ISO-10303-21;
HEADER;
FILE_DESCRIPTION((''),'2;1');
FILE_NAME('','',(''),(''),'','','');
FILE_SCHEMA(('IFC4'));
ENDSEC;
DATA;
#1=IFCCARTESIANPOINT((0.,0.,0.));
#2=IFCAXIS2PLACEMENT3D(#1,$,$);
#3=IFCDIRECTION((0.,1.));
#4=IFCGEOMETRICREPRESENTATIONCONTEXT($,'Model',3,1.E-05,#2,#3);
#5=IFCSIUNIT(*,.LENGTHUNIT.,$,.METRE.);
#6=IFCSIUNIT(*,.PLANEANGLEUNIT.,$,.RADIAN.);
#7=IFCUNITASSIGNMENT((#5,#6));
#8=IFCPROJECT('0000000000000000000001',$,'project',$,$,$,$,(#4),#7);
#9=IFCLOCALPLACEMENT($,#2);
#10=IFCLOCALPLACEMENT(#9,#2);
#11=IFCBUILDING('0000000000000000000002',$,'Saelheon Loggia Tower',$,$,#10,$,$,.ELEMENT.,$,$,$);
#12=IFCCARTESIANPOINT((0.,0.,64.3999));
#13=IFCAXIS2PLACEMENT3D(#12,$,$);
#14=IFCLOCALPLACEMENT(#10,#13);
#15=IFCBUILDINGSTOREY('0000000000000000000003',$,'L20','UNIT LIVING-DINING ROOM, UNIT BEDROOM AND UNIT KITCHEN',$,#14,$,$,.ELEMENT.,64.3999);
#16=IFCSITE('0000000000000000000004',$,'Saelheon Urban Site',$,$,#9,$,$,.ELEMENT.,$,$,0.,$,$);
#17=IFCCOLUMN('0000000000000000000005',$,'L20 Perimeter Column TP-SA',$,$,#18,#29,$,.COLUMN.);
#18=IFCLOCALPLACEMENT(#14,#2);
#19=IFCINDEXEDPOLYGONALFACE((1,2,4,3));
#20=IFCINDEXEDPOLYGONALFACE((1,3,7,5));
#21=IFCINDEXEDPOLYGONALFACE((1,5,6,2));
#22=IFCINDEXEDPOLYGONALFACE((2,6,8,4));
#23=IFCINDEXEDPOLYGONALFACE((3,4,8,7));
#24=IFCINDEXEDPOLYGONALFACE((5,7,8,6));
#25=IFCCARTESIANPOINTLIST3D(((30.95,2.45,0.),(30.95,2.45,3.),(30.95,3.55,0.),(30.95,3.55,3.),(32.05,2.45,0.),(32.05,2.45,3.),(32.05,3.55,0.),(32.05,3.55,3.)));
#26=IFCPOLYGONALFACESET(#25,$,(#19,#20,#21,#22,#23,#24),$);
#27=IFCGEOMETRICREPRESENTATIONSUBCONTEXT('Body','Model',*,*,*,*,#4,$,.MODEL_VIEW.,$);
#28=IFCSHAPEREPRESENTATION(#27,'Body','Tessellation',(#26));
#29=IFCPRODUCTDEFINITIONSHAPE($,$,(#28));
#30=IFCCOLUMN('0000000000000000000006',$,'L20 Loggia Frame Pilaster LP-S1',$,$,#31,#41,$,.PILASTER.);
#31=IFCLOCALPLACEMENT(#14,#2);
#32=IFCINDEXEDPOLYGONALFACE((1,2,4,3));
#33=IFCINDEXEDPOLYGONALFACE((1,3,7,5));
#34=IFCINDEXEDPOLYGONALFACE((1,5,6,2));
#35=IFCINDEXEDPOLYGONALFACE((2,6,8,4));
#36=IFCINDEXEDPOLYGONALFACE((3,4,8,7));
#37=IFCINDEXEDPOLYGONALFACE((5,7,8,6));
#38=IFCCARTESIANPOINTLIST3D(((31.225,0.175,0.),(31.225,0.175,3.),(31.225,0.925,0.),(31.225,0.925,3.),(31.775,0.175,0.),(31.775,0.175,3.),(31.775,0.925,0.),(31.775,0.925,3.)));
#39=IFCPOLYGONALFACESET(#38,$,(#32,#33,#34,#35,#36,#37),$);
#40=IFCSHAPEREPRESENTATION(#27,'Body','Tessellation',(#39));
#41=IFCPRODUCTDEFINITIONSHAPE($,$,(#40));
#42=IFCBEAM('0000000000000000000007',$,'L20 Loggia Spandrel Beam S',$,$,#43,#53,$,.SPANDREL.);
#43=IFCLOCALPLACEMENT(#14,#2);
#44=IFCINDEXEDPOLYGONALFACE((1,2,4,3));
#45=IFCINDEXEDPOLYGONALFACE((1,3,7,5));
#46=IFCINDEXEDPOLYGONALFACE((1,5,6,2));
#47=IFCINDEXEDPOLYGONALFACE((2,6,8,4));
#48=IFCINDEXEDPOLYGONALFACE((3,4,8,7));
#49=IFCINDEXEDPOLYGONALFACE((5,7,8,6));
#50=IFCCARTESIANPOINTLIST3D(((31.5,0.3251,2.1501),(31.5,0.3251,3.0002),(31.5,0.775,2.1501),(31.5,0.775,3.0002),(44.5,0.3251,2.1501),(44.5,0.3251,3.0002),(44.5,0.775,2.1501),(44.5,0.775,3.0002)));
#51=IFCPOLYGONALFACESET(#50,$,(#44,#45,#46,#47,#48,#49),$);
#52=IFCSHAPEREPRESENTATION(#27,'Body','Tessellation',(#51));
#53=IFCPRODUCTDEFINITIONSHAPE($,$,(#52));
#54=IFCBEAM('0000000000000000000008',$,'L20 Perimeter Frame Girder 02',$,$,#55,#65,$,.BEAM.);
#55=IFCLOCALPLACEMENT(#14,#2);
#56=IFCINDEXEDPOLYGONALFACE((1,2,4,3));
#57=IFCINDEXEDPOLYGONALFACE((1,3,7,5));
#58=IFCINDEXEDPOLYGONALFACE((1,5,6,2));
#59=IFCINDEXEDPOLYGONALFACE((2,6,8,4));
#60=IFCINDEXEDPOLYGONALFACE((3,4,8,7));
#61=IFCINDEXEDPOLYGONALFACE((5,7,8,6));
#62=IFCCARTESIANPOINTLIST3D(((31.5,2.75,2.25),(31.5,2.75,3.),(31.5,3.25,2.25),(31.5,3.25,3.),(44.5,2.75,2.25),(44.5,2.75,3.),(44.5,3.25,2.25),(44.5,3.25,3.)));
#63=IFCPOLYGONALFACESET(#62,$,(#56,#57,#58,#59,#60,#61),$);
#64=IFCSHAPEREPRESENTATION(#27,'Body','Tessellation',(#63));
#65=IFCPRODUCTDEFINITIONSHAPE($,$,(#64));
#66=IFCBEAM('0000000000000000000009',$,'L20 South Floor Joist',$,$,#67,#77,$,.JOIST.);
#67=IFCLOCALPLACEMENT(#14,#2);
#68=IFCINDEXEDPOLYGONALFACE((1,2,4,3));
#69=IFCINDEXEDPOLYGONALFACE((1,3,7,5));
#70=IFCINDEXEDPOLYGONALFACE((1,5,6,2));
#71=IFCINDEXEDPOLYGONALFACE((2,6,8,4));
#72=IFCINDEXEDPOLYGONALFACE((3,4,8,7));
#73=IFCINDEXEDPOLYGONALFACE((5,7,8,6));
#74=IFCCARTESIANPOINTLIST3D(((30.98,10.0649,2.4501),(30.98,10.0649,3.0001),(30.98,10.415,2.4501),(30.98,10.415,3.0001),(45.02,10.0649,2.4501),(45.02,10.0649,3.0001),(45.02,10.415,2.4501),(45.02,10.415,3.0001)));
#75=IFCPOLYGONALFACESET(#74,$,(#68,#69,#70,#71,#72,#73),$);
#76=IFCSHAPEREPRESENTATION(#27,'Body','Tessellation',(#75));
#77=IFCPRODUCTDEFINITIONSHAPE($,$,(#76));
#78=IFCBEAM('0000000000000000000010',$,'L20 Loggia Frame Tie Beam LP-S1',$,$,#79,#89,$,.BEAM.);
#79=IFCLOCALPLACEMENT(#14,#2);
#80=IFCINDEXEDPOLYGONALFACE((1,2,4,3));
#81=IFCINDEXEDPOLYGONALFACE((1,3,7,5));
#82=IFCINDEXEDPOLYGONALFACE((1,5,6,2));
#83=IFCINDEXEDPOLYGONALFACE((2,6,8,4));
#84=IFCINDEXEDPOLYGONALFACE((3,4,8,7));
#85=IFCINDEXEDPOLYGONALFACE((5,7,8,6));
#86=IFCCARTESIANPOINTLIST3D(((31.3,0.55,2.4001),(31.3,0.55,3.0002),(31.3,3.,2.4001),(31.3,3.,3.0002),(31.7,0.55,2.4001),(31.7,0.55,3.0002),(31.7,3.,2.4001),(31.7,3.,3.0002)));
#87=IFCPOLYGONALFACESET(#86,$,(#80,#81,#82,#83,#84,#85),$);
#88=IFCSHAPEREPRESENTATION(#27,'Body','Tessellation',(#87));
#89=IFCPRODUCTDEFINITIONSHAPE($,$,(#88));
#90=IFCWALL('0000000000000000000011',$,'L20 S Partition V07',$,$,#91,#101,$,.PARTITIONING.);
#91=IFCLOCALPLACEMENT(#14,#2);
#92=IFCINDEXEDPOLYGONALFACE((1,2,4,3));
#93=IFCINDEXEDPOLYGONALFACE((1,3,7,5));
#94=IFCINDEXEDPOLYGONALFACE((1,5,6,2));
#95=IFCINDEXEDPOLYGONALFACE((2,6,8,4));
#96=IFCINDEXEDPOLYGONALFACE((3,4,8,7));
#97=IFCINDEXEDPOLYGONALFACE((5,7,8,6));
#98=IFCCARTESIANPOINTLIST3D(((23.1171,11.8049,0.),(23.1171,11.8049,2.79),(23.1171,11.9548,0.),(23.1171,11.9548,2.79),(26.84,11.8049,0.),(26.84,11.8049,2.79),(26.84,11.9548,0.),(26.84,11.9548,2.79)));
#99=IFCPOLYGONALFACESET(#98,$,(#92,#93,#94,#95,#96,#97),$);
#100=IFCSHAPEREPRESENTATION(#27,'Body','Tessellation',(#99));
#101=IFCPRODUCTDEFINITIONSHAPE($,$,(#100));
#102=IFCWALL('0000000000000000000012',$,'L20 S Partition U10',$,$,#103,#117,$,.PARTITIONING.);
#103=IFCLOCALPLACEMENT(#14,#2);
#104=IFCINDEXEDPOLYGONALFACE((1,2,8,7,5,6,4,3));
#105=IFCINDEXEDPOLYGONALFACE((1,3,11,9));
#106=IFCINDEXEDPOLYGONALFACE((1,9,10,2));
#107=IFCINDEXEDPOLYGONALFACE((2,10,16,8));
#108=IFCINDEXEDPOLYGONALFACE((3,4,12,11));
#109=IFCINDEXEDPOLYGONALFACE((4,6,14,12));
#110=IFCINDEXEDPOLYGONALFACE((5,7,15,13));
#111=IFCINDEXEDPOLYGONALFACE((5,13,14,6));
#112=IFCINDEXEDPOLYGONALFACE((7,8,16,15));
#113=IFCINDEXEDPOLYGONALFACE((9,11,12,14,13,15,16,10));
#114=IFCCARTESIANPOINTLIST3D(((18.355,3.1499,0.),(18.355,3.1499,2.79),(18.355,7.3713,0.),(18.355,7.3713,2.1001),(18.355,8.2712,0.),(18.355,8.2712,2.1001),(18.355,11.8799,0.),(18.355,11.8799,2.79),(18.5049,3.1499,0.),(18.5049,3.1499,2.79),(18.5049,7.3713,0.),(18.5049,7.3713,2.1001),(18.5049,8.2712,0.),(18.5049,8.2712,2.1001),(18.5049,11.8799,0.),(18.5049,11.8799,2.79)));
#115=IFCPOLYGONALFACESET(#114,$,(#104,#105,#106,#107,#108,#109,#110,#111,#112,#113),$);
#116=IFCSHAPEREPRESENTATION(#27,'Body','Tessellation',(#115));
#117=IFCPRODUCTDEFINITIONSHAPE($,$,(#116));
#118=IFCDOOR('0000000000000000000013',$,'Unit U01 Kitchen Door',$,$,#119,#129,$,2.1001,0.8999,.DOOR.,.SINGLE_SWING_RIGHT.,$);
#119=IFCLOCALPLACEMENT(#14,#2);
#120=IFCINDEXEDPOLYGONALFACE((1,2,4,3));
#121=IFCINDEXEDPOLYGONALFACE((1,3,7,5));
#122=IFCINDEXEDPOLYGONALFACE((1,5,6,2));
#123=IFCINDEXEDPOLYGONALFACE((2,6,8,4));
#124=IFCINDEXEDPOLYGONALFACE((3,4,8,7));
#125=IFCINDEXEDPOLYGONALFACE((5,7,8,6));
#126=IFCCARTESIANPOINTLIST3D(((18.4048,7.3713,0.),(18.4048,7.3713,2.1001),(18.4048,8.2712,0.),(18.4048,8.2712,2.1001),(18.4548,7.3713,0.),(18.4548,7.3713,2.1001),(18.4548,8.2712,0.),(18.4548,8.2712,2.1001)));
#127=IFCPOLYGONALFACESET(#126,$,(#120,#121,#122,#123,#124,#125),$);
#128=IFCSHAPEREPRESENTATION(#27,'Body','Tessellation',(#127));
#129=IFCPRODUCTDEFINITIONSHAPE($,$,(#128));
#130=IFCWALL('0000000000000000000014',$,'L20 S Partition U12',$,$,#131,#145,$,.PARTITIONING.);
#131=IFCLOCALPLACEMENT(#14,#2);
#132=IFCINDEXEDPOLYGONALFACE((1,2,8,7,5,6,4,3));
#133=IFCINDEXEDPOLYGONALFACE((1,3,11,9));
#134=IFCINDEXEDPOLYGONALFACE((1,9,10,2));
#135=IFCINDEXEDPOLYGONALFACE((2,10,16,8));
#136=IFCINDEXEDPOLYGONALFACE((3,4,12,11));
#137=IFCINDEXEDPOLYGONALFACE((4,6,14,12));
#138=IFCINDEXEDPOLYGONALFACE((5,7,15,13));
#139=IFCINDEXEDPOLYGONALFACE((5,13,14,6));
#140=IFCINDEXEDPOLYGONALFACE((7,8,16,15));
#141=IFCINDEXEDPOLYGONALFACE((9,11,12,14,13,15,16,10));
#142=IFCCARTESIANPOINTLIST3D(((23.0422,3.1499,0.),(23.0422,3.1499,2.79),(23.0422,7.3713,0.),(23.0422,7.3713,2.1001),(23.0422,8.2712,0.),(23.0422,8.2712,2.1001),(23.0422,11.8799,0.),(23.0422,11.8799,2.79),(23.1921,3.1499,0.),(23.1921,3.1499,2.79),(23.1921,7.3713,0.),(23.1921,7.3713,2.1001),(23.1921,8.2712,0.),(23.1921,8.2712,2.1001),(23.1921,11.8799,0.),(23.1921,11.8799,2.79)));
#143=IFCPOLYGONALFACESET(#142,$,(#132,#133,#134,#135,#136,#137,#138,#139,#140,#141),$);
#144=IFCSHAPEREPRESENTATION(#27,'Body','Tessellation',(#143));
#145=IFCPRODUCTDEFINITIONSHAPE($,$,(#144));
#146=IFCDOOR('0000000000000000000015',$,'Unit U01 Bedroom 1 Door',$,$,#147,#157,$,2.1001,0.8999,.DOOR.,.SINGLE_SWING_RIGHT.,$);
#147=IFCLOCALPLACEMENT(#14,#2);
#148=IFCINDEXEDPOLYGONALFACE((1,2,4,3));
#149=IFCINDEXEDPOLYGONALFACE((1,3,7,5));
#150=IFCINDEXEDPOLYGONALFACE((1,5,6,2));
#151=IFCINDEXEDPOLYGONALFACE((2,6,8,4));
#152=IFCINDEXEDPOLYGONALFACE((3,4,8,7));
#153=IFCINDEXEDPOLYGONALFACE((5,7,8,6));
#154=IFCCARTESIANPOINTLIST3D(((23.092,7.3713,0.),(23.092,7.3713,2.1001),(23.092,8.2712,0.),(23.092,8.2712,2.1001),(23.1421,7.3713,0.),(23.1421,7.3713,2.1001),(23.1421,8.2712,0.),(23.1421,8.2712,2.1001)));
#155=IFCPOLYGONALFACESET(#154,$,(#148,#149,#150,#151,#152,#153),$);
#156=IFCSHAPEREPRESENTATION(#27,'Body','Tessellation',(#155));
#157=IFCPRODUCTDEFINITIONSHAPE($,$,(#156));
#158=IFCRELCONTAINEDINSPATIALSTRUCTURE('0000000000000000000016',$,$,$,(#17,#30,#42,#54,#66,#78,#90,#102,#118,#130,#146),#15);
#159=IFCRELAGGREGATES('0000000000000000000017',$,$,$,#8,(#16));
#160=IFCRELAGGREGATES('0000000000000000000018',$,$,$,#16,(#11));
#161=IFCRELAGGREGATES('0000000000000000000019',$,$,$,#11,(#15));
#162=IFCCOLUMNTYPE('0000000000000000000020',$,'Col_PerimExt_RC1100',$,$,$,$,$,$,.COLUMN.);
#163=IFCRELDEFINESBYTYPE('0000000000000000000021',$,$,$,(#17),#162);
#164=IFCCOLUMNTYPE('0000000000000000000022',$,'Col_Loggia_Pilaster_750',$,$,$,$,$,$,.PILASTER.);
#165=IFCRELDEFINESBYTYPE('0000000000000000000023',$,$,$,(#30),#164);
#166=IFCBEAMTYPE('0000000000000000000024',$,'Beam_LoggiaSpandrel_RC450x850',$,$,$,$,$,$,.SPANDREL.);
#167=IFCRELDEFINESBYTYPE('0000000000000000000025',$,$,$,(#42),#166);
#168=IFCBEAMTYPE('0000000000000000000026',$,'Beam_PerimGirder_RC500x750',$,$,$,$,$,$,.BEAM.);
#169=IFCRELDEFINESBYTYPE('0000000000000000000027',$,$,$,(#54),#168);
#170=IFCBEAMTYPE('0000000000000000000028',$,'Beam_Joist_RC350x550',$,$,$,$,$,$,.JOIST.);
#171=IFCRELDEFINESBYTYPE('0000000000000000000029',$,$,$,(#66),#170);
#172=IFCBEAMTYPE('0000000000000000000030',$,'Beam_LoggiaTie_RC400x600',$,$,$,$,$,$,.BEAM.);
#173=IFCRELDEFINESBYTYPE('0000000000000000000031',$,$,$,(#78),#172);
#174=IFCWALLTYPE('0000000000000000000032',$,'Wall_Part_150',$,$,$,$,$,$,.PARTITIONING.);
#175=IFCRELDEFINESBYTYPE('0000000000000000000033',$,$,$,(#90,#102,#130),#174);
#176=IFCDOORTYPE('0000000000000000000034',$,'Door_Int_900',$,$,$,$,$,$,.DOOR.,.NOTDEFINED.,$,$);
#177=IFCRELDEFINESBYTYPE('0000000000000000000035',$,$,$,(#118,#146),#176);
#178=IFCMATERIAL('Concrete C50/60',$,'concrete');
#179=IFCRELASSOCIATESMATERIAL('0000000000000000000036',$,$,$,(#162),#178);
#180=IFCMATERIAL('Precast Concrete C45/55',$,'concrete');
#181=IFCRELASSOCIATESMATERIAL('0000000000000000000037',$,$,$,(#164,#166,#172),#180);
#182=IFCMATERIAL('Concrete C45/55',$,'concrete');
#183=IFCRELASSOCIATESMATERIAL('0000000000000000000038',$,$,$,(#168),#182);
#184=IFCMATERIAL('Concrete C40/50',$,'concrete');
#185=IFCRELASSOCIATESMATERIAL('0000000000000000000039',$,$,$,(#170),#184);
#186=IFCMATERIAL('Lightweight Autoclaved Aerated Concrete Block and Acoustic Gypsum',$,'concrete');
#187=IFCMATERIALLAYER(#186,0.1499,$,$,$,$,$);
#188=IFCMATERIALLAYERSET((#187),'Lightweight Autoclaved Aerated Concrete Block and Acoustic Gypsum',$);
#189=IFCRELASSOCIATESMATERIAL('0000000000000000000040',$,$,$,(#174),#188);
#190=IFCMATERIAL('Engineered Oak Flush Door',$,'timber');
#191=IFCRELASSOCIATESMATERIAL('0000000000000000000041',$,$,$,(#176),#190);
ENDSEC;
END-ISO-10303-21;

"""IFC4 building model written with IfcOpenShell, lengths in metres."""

from ifc_helpers import new_model, si_unit, direction, frame, frame_2d, origin, origin_2d, place, context, subcontext, project, spatial, rectangle, extrude, source, transform, mapped, material, layer, layer_set, material_profile, profile_set, type_object, element, fill, save


model = new_model("IFC4")

# Units and contexts
model_context = context("Model", 3, precision=1e-05, world=origin(), true_north=direction((0.0, 1.0)))
body_context = subcontext(model_context, "Body", "Model", "MODEL_VIEW")
ifc_project = project(units=[si_unit("LENGTHUNIT", "METRE"), si_unit("PLANEANGLEUNIT", "RADIAN")], contexts=[model_context])

# Site, building, storey
site_placement = place(None, origin())
site = spatial("IfcSite", under=ifc_project, at=site_placement, Name="Saelheon Urban Site", CompositionType="ELEMENT", RefElevation=0.0)
building_placement = place(site_placement, origin())
building = spatial("IfcBuilding", under=site, at=building_placement, Name="Saelheon Loggia Tower", CompositionType="ELEMENT")
storey_placement = place(building_placement, frame((0.0, 0.0, 64.3999)))
storey = spatial("IfcBuildingStorey", under=building, at=storey_placement, Name="L20", Description="UNIT LIVING-DINING ROOM, UNIT BEDROOM AND UNIT KITCHEN", CompositionType="ELEMENT", Elevation=64.3999)

# Columns
ifc_material_1 = material(Name="Concrete C50/60", Category="concrete")
ifc_material_profile_1 = material_profile(ifc_material_1, rectangle(XDim=1.1001, YDim=1.1001, at=origin_2d()), Name="RC-1100x1100")
ifc_profile_set_1 = profile_set([ifc_material_profile_1], Name="Concrete C50/60")
column_type_1 = type_object("IfcColumnType", Name="Col_PerimExt_RC1100", PredefinedType="COLUMN", material=ifc_profile_set_1)
shared_shape_1 = source(origin(), body_context, "Body", "SweptSolid", [
    extrude(rectangle(XDim=1.1001, YDim=1.1001, at=origin_2d()), origin(), (0.0, 0.0, 1.0), 3.0),
])
column_1_placement = place(storey_placement, frame((31.5, 3.0, 0.0), z_axis=(0.0, 0.0, 1.0), x_axis=(1.0, 0.0, 0.0)))
element("IfcColumn", 1, at=column_1_placement, inside=storey, type_object=column_type_1, Name="L20 Perimeter Column TP-SA", PredefinedType="COLUMN", context=body_context, shape_type="MappedRepresentation", body=[
    mapped(shared_shape_1, transform((0.0, 0.0, 0.0), scale=1.0)),
])
ifc_material_2 = material(Name="Precast Concrete C45/55", Category="concrete")
ifc_material_profile_2 = material_profile(ifc_material_2, rectangle(XDim=0.55, YDim=0.75, at=origin_2d()), Name="RC-550x750")
ifc_profile_set_2 = profile_set([ifc_material_profile_2], Name="Precast Concrete C45/55")
column_type_2 = type_object("IfcColumnType", Name="Col_Loggia_Pilaster_750", PredefinedType="PILASTER", material=ifc_profile_set_2)
shared_shape_2 = source(origin(), body_context, "Body", "SweptSolid", [
    extrude(rectangle(XDim=0.55, YDim=0.75, at=origin_2d()), origin(), (0.0, 0.0, 1.0), 3.0),
])
column_2_placement = place(storey_placement, frame((31.5, 0.55, 0.0), z_axis=(0.0, 0.0, 1.0), x_axis=(1.0, 0.0, 0.0)))
element("IfcColumn", 2, at=column_2_placement, inside=storey, type_object=column_type_2, Name="L20 Loggia Frame Pilaster LP-S1", PredefinedType="PILASTER", context=body_context, shape_type="MappedRepresentation", body=[
    mapped(shared_shape_2, transform((0.0, 0.0, 0.0), scale=1.0)),
])

# Beams
ifc_material_profile_3 = material_profile(ifc_material_2, rectangle(XDim=0.45, YDim=0.8501, at=origin_2d()), Name="RC-450x850")
ifc_profile_set_3 = profile_set([ifc_material_profile_3], Name="Precast Concrete C45/55")
beam_type_1 = type_object("IfcBeamType", Name="Beam_LoggiaSpandrel_RC450x850", PredefinedType="SPANDREL", material=ifc_profile_set_3)
shared_shape_3 = source(origin(), body_context, "Body", "SweptSolid", [
    extrude(rectangle(XDim=0.45, YDim=0.8501, at=origin_2d()), origin(), (0.0, 0.0, 1.0), 13.0),
])
beam_1_placement = place(storey_placement, frame((31.5, 0.55, 2.5752), z_axis=(1.0, 0.0, 0.0), x_axis=(0.0, 1.0, 0.0)))
element("IfcBeam", 3, at=beam_1_placement, inside=storey, type_object=beam_type_1, Name="L20 Loggia Spandrel Beam S", PredefinedType="SPANDREL", context=body_context, shape_type="MappedRepresentation", body=[
    mapped(shared_shape_3, transform((0.0, 0.0, 0.0), scale=1.0)),
])
ifc_material_3 = material(Name="Concrete C45/55", Category="concrete")
ifc_material_profile_4 = material_profile(ifc_material_3, rectangle(XDim=0.5, YDim=0.75, at=origin_2d()), Name="RC-500x750")
ifc_profile_set_4 = profile_set([ifc_material_profile_4], Name="Concrete C45/55")
beam_type_2 = type_object("IfcBeamType", Name="Beam_PerimGirder_RC500x750", PredefinedType="BEAM", material=ifc_profile_set_4)
shared_shape_4 = source(origin(), body_context, "Body", "SweptSolid", [
    extrude(rectangle(XDim=0.5, YDim=0.75, at=origin_2d()), origin(), (0.0, 0.0, 1.0), 13.0),
])
beam_2_placement = place(storey_placement, frame((31.5, 3.0, 2.625), z_axis=(1.0, 0.0, 0.0), x_axis=(0.0, 1.0, 0.0)))
element("IfcBeam", 4, at=beam_2_placement, inside=storey, type_object=beam_type_2, Name="L20 Perimeter Frame Girder 02", PredefinedType="BEAM", context=body_context, shape_type="MappedRepresentation", body=[
    mapped(shared_shape_4, transform((0.0, 0.0, 0.0), scale=1.0)),
])
ifc_material_4 = material(Name="Concrete C40/50", Category="concrete")
ifc_material_profile_5 = material_profile(ifc_material_4, rectangle(XDim=0.3501, YDim=0.55, at=origin_2d()), Name="RC-350x550")
ifc_profile_set_5 = profile_set([ifc_material_profile_5], Name="Concrete C40/50")
beam_type_3 = type_object("IfcBeamType", Name="Beam_Joist_RC350x550", PredefinedType="JOIST", material=ifc_profile_set_5)
shared_shape_5 = source(origin(), body_context, "Body", "SweptSolid", [
    extrude(rectangle(XDim=0.3501, YDim=0.55, at=origin_2d()), origin(), (0.0, 0.0, 1.0), 14.04),
])
beam_3_placement = place(storey_placement, frame((30.98, 10.24, 2.7251), z_axis=(1.0, 0.0, 0.0), x_axis=(0.0, 1.0, 0.0)))
element("IfcBeam", 5, at=beam_3_placement, inside=storey, type_object=beam_type_3, Name="L20 South Floor Joist", PredefinedType="JOIST", context=body_context, shape_type="MappedRepresentation", body=[
    mapped(shared_shape_5, transform((0.0, 0.0, 0.0), scale=1.0)),
])
ifc_material_profile_6 = material_profile(ifc_material_2, rectangle(XDim=0.3999, YDim=0.6001, at=origin_2d()), Name="RC-400x600")
ifc_profile_set_6 = profile_set([ifc_material_profile_6], Name="Precast Concrete C45/55")
beam_type_4 = type_object("IfcBeamType", Name="Beam_LoggiaTie_RC400x600", PredefinedType="BEAM", material=ifc_profile_set_6)
shared_shape_6 = source(origin(), body_context, "Body", "SweptSolid", [
    extrude(rectangle(XDim=0.3999, YDim=0.6001, at=origin_2d()), origin(), (0.0, 0.0, 1.0), 2.45),
])
beam_4_placement = place(storey_placement, frame((31.5, 3.0, 2.7002), z_axis=(0.0, -1.0, 0.0), x_axis=(1.0, 0.0, 0.0)))
element("IfcBeam", 6, at=beam_4_placement, inside=storey, type_object=beam_type_4, Name="L20 Loggia Frame Tie Beam LP-S1", PredefinedType="BEAM", context=body_context, shape_type="MappedRepresentation", body=[
    mapped(shared_shape_6, transform((0.0, 0.0, 0.0), scale=1.0)),
])

# Wall
ifc_material_5 = material(Name="Lightweight Autoclaved Aerated Concrete Block and Acoustic Gypsum", Category="concrete")
ifc_layer_1 = layer(ifc_material_5, 0.1499)
ifc_layer_set_1 = layer_set([ifc_layer_1], Name="Lightweight Autoclaved Aerated Concrete Block and Acoustic Gypsum")
wall_type_1 = type_object("IfcWallType", Name="Wall_Part_150", PredefinedType="PARTITIONING", material=ifc_layer_set_1)
wall_1_placement = place(storey_placement, frame((23.1172, 11.8799, 0.0), z_axis=(0.0, 0.0, 1.0), x_axis=(1.0, 0.0, 0.0)))
element("IfcWall", 7, at=wall_1_placement, inside=storey, type_object=wall_type_1, Name="L20 S Partition V07", PredefinedType="PARTITIONING", context=body_context, shape_type="SweptSolid", body=[
    extrude(rectangle(XDim=3.7229, YDim=0.1499, at=frame_2d((1.8613, 0.0))), origin(), (0.0, 0.0, 1.0), 2.79),
])

# Walls, openings, doors
wall_2_placement = place(storey_placement, frame((18.4299, 11.8799, 0.0), z_axis=(0.0, 0.0, 1.0), x_axis=(0.0, -1.0, 0.0)))
wall_2 = element("IfcWall", 8, at=wall_2_placement, inside=storey, type_object=wall_type_1, Name="L20 S Partition U10", PredefinedType="PARTITIONING", context=body_context, shape_type="SweptSolid", body=[
    extrude(rectangle(XDim=8.73, YDim=0.1499, at=frame_2d((4.365, 0.0))), origin(), (0.0, 0.0, 1.0), 2.79),
])
opening_1_placement = place(wall_2_placement, frame((3.6086, 0.0, 0.0)))
opening_1 = element("IfcOpeningElement", 9, at=opening_1_placement, cuts=wall_2, PredefinedType="OPENING", context=body_context, shape_type="SweptSolid", body=[
    extrude(rectangle(XDim=0.8999, YDim=2.1001, at=frame_2d((0.45, 1.05))), frame((0.0, 0.0869, 0.0), z_axis=(0.0, -1.0, 0.0), x_axis=(1.0, 0.0, 0.0)), (0.0, 0.0, 1.0), 0.1738),
])
ifc_material_6 = material(Name="Engineered Oak Flush Door", Category="timber")
door_type_1 = type_object("IfcDoorType", Name="Door_Int_900", OperationType="NOTDEFINED", PredefinedType="DOOR", material=ifc_material_6)
shared_shape_7 = source(origin(), body_context, "Body", "SweptSolid", [
    extrude(rectangle(XDim=0.8999, YDim=2.1001, at=frame_2d((0.45, 1.05))), frame((0.0, 0.0249, 0.0), z_axis=(0.0, -1.0, 0.0), x_axis=(1.0, 0.0, 0.0)), (0.0, 0.0, 1.0), 0.05),
])
door_1_placement = place(opening_1_placement, origin())
door_1 = element("IfcDoor", 10, at=door_1_placement, inside=storey, type_object=door_type_1, Name="Unit U01 Kitchen Door", OperationType="SINGLE_SWING_RIGHT", OverallHeight=2.1001, OverallWidth=0.8999, PredefinedType="DOOR", context=body_context, shape_type="MappedRepresentation", body=[
    mapped(shared_shape_7, transform((0.0, 0.0, 0.0), scale=1.0)),
])
fill(opening_1, door_1)
wall_3_placement = place(storey_placement, frame((23.1172, 11.8799, 0.0), z_axis=(0.0, 0.0, 1.0), x_axis=(0.0, -1.0, 0.0)))
wall_3 = element("IfcWall", 11, at=wall_3_placement, inside=storey, type_object=wall_type_1, Name="L20 S Partition U12", PredefinedType="PARTITIONING", context=body_context, shape_type="SweptSolid", body=[
    extrude(rectangle(XDim=8.73, YDim=0.1499, at=frame_2d((4.365, 0.0))), origin(), (0.0, 0.0, 1.0), 2.79),
])
opening_2_placement = place(wall_3_placement, frame((3.6086, 0.0, 0.0)))
opening_2 = element("IfcOpeningElement", 12, at=opening_2_placement, cuts=wall_3, PredefinedType="OPENING", context=body_context, shape_type="SweptSolid", body=[
    extrude(rectangle(XDim=0.8999, YDim=2.1001, at=frame_2d((0.45, 1.05))), frame((0.0, 0.0869, 0.0), z_axis=(0.0, -1.0, 0.0), x_axis=(1.0, 0.0, 0.0)), (0.0, 0.0, 1.0), 0.1738),
])
door_2_placement = place(opening_2_placement, origin())
door_2 = element("IfcDoor", 13, at=door_2_placement, inside=storey, type_object=door_type_1, Name="Unit U01 Bedroom 1 Door", OperationType="SINGLE_SWING_RIGHT", OverallHeight=2.1001, OverallWidth=0.8999, PredefinedType="DOOR", context=body_context, shape_type="MappedRepresentation", body=[
    mapped(shared_shape_7, transform((0.0, 0.0, 0.0), scale=1.0)),
])
fill(opening_2, door_2)

save(model, "model.ifc")
